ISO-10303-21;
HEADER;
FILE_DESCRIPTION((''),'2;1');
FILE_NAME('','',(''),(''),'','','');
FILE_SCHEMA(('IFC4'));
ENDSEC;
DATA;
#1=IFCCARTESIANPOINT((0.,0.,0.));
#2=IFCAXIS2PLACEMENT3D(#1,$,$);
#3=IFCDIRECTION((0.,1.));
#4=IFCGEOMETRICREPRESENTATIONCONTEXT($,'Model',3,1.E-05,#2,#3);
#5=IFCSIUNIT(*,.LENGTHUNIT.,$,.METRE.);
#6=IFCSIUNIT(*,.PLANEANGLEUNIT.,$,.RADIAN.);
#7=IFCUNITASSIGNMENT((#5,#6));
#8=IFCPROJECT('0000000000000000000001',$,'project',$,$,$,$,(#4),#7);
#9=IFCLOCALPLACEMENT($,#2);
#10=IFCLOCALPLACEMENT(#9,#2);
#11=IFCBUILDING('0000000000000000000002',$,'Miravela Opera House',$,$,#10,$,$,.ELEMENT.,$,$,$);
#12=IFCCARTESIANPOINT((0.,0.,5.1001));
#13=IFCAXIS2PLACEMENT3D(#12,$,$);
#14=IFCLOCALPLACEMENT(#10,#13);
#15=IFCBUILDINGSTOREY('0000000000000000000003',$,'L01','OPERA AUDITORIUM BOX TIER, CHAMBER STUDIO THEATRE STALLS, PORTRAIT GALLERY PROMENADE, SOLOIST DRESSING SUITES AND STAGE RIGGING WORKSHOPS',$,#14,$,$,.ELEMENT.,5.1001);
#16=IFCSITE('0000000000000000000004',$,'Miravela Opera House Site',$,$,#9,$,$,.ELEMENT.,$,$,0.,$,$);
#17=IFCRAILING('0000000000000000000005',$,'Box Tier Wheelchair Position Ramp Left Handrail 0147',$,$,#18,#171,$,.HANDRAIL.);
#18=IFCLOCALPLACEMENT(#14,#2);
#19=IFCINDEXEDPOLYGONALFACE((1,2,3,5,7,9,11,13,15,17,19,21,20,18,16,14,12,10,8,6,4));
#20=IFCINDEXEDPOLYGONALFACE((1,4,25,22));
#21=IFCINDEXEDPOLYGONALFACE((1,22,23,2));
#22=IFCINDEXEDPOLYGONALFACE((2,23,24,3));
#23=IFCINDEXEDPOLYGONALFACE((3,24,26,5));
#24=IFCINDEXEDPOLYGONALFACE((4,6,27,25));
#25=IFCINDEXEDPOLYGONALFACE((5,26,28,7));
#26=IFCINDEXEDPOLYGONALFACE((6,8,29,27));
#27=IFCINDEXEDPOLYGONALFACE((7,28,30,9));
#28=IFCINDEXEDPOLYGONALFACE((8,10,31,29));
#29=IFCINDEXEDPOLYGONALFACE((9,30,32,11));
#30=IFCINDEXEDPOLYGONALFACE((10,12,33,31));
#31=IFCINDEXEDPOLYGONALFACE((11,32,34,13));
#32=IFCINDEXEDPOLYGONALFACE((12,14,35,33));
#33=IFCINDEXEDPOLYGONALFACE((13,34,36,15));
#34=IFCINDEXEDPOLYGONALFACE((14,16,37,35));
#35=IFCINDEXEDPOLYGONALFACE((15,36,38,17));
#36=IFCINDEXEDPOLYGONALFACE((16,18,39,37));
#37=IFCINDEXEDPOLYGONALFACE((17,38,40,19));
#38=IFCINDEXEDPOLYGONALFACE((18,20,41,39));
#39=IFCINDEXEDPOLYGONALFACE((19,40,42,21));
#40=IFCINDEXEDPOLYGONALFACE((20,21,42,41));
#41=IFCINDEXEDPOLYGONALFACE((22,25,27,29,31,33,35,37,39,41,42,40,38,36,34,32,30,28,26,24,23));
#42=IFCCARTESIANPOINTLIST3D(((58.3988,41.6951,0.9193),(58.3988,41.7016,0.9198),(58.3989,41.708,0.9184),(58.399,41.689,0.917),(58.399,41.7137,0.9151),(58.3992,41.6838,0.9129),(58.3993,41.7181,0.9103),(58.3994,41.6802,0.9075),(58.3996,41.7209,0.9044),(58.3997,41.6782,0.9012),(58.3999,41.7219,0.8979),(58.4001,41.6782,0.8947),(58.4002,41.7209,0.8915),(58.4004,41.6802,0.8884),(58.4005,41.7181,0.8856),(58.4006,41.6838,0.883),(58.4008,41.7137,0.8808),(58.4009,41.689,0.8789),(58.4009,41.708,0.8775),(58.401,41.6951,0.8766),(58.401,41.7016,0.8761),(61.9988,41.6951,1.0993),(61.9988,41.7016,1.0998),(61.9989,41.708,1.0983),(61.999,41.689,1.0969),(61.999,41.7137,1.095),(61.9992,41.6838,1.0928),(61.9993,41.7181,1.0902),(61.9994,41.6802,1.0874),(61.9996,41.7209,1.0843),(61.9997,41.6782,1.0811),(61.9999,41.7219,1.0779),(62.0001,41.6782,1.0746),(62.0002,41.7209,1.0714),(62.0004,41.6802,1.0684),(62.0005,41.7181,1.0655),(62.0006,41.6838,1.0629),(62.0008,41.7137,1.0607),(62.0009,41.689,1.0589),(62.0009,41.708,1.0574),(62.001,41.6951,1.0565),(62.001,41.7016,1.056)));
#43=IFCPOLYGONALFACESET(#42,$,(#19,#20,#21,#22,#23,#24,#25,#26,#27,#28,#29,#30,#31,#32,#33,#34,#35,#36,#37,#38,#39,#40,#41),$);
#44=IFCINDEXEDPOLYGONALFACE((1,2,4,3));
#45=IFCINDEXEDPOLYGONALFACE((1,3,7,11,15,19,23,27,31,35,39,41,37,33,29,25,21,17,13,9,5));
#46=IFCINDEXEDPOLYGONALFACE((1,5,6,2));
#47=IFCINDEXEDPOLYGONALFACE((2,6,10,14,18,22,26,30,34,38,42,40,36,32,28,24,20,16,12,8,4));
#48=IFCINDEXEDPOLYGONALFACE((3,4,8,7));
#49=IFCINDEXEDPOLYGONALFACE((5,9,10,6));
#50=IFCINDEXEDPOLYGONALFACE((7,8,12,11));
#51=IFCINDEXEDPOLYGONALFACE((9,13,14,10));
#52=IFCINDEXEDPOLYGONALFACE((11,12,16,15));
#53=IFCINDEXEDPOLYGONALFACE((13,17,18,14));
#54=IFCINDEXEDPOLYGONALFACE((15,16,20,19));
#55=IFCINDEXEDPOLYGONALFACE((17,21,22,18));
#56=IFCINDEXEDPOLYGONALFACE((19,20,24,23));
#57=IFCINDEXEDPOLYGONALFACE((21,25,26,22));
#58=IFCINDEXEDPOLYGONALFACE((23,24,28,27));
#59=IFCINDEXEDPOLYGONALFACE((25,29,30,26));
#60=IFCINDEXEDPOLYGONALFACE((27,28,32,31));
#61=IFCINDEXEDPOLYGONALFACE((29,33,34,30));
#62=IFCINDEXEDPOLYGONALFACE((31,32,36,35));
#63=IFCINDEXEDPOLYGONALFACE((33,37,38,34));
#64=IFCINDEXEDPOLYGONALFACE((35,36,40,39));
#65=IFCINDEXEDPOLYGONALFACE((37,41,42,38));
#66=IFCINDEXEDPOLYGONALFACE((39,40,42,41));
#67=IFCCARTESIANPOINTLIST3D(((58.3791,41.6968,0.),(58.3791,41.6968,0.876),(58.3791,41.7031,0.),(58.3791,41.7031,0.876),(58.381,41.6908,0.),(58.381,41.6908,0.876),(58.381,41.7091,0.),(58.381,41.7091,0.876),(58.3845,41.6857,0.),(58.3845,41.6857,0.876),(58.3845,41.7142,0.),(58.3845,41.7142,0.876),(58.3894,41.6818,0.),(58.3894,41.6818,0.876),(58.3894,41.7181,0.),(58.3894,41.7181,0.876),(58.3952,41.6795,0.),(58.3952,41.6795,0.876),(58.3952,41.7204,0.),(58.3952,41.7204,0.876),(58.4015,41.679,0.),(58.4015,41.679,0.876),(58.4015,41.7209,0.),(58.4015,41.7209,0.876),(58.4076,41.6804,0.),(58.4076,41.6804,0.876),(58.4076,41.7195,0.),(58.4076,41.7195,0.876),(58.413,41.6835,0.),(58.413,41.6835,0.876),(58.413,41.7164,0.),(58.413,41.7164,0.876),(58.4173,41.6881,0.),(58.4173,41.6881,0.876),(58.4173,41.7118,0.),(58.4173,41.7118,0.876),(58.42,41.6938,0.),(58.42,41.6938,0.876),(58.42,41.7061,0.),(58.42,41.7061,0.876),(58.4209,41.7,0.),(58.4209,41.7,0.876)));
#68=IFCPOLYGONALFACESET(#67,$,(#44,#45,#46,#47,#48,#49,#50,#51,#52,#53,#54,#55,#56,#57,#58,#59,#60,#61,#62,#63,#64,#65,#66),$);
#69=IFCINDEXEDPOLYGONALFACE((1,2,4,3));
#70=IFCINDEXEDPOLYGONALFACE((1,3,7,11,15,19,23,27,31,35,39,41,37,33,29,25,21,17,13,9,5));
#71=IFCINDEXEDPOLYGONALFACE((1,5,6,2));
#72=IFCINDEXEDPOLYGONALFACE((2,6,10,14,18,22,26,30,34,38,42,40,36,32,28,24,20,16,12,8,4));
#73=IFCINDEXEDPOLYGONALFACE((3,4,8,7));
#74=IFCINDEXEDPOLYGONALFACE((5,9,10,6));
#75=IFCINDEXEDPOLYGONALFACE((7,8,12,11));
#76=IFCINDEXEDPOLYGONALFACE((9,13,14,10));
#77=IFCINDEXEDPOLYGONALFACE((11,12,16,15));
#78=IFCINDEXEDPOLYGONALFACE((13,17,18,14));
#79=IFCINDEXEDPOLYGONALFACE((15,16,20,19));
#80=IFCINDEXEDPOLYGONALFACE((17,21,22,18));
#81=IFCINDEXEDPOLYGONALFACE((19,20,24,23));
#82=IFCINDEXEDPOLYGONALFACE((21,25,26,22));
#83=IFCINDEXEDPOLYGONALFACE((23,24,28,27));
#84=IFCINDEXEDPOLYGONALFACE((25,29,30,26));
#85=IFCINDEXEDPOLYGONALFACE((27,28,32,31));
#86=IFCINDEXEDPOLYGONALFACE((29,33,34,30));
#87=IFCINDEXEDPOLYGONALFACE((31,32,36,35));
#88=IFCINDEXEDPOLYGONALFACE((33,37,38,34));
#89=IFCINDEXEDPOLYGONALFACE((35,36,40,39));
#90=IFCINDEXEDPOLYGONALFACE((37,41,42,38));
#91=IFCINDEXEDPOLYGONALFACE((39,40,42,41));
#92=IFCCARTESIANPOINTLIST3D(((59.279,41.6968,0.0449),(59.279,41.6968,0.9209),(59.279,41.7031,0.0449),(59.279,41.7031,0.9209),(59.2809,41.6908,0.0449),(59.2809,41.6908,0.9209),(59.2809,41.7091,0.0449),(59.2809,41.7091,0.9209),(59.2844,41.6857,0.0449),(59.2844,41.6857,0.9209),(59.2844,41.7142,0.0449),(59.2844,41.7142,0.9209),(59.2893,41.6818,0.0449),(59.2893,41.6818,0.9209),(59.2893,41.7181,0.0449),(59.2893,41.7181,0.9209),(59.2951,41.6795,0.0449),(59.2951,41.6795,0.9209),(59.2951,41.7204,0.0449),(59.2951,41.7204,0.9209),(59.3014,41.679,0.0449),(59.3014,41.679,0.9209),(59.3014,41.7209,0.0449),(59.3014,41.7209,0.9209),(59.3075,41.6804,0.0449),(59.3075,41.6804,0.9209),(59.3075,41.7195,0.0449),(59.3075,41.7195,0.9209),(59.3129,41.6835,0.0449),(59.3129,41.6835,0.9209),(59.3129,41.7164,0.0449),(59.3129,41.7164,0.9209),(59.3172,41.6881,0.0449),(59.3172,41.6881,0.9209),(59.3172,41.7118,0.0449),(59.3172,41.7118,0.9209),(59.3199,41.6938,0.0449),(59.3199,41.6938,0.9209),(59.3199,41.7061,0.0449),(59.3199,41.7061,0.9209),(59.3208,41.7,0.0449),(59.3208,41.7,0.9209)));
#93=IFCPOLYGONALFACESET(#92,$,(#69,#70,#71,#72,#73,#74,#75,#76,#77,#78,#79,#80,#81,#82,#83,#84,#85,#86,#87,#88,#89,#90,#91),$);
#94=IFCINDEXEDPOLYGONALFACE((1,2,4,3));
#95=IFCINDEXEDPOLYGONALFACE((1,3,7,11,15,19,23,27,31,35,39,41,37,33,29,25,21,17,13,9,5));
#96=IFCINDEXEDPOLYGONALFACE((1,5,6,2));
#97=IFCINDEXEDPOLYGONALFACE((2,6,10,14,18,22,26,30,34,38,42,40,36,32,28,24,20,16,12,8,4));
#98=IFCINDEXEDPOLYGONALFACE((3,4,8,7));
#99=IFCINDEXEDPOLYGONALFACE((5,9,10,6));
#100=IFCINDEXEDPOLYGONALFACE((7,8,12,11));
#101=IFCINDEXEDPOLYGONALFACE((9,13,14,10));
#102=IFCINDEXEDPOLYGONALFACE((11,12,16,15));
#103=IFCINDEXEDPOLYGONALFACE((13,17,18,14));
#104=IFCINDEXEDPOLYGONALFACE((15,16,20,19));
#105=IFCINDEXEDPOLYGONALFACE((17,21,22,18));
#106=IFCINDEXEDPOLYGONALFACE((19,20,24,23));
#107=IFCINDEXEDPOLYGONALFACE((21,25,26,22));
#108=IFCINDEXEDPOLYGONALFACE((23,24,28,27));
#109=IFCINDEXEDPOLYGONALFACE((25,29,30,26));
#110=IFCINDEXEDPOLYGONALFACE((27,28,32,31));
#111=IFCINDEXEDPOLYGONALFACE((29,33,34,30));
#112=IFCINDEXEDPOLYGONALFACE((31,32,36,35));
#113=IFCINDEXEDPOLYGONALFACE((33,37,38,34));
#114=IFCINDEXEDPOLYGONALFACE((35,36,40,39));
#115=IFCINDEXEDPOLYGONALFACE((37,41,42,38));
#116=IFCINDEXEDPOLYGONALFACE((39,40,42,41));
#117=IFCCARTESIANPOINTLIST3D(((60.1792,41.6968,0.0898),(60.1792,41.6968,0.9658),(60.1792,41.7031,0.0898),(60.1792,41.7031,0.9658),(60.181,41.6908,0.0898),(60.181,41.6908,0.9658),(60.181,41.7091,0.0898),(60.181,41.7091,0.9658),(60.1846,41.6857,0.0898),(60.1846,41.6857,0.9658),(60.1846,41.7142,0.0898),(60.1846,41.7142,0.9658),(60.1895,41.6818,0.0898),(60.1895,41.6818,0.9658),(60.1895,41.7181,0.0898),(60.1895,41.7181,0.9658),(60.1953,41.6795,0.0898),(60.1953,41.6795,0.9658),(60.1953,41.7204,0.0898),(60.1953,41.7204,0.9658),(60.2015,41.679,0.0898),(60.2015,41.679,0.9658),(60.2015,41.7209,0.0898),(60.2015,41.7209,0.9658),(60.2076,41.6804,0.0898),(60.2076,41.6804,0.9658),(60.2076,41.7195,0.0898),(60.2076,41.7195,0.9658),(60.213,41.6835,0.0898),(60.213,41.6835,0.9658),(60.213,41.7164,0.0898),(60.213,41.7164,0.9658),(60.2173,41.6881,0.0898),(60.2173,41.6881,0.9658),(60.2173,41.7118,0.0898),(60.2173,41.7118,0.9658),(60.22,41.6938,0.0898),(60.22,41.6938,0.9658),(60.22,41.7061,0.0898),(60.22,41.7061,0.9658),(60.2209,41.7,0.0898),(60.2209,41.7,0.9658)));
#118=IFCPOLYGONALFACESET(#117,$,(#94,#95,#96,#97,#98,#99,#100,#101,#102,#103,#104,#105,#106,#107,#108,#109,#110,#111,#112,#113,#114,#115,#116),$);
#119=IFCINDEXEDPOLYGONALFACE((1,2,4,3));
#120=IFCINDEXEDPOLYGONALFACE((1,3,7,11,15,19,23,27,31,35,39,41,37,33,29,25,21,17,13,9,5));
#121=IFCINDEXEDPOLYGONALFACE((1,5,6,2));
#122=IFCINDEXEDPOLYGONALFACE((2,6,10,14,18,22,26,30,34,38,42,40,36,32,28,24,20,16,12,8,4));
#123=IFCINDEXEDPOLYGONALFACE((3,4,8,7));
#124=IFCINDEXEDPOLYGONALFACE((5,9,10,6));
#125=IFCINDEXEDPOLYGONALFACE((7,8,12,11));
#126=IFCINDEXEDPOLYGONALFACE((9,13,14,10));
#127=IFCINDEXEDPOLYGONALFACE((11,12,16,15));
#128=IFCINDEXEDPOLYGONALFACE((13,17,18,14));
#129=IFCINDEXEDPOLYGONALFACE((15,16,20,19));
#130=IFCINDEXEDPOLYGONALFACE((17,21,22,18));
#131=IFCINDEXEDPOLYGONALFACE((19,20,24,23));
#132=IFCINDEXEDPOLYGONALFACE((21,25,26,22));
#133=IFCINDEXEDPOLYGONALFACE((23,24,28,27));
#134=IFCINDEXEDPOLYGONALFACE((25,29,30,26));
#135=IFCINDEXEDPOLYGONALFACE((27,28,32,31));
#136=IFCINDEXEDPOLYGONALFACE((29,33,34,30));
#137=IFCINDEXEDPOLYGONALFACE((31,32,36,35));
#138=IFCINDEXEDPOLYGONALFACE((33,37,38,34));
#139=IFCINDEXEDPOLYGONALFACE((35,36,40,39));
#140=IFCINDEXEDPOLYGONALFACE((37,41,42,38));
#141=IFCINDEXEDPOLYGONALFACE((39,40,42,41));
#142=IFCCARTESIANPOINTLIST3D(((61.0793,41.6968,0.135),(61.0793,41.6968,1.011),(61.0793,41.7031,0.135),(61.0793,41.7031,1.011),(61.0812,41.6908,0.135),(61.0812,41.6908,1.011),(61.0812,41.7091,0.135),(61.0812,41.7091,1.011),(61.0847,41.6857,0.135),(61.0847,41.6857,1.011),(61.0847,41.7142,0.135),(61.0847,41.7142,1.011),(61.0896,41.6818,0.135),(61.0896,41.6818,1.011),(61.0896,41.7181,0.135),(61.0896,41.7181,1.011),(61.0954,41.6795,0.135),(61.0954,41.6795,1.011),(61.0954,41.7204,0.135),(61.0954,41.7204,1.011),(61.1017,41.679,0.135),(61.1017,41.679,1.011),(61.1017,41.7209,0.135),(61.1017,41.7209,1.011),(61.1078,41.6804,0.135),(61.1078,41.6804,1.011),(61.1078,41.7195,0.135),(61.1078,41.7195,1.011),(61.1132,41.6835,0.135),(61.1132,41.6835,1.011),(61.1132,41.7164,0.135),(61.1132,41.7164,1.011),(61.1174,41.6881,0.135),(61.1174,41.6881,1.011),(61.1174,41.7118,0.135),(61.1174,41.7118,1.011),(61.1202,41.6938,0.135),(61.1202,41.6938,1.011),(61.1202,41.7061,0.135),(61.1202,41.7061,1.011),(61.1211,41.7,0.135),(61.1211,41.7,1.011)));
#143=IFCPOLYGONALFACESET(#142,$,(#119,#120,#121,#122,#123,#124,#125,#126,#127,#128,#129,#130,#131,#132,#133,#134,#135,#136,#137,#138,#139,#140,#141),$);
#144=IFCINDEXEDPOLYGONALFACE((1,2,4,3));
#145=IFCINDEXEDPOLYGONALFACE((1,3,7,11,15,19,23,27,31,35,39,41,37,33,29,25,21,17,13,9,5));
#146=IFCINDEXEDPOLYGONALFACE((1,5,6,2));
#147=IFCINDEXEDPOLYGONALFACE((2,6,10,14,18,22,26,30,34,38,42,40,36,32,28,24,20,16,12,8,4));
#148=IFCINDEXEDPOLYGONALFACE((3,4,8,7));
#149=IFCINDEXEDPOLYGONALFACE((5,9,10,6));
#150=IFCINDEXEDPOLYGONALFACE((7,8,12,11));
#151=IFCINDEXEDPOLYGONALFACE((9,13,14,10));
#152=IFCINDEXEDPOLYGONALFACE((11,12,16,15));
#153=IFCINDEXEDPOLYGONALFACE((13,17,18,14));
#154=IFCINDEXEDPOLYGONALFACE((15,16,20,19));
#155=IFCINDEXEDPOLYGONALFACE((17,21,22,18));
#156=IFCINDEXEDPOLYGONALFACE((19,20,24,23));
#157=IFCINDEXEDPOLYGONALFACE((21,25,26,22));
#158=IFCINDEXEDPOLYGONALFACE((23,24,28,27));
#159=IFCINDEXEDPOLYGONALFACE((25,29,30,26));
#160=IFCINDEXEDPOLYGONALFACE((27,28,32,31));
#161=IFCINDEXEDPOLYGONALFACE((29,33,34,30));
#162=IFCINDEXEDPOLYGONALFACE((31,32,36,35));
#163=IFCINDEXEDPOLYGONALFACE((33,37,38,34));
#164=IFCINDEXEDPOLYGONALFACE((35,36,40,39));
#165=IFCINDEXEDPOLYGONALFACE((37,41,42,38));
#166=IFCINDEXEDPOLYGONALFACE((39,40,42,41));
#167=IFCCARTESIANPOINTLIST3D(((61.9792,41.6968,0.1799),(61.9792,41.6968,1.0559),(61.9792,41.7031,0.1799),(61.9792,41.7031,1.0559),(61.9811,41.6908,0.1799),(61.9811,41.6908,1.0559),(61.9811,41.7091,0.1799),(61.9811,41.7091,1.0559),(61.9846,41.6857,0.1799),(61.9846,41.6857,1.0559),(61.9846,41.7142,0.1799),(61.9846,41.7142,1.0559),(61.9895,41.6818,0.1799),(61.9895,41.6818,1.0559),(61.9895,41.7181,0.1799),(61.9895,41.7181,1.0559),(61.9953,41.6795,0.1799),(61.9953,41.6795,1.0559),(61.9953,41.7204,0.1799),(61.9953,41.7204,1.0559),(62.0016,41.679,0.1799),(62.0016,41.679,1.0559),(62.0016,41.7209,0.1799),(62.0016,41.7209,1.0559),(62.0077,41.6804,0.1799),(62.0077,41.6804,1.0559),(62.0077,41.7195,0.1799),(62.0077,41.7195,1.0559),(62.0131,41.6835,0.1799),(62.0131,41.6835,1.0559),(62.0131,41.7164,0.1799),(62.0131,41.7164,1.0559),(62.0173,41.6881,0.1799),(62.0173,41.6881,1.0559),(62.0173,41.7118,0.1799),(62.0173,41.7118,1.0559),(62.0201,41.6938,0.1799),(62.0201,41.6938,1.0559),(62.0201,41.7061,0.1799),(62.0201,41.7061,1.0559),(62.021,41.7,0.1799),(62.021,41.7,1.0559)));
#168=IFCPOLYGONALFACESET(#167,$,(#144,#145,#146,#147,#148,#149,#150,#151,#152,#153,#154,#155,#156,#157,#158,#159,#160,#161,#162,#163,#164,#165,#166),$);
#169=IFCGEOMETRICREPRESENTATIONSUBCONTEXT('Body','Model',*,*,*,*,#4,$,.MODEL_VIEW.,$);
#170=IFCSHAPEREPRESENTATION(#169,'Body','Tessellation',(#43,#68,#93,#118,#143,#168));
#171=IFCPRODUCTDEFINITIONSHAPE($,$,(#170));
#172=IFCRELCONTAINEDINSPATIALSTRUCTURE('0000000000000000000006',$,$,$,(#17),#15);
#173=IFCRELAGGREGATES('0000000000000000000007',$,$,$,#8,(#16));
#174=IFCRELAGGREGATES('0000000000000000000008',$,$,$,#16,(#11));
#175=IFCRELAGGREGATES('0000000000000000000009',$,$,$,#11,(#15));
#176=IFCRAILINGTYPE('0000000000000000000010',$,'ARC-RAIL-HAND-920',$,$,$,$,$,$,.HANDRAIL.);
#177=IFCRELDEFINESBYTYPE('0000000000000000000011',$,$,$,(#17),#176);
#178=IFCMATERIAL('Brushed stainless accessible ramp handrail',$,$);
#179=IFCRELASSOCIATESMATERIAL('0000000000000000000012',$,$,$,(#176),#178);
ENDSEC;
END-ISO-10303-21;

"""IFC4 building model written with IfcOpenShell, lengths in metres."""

from ifc_helpers import new_model, si_unit, direction, frame, origin, origin_2d, place, context, subcontext, project, spatial, circle, extrude, material, type_object, element, save


model = new_model("IFC4")

# Units and contexts
model_context = context("Model", 3, precision=1e-05, world=origin(), true_north=direction((0.0, 1.0)))
body_context = subcontext(model_context, "Body", "Model", "MODEL_VIEW")
ifc_project = project(units=[si_unit("LENGTHUNIT", "METRE"), si_unit("PLANEANGLEUNIT", "RADIAN")], contexts=[model_context])

# Site, building, storey
site_placement = place(None, origin())
site = spatial("IfcSite", under=ifc_project, at=site_placement, Name="Miravela Opera House Site", CompositionType="ELEMENT", RefElevation=0.0)
building_placement = place(site_placement, origin())
building = spatial("IfcBuilding", under=site, at=building_placement, Name="Miravela Opera House", CompositionType="ELEMENT")
storey_placement = place(building_placement, frame((0.0, 0.0, 5.1001)))
storey = spatial("IfcBuildingStorey", under=building, at=storey_placement, Name="L01", Description="OPERA AUDITORIUM BOX TIER, CHAMBER STUDIO THEATRE STALLS, PORTRAIT GALLERY PROMENADE, SOLOIST DRESSING SUITES AND STAGE RIGGING WORKSHOPS", CompositionType="ELEMENT", Elevation=5.1001)

# Railing
ifc_material_1 = material(Name="Brushed stainless accessible ramp handrail")
railing_type_1 = type_object("IfcRailingType", Name="ARC-RAIL-HAND-920", PredefinedType="HANDRAIL", material=ifc_material_1)
for number, where, name in (
    (1, (58.3999, 41.7, 0.0), "Box Tier Wheelchair Position Ramp Left Handrail 0147"),
):
    element("IfcRailing", number, at=place(storey_placement, frame(where)), inside=storey, type_object=railing_type_1, Name=name, PredefinedType="HANDRAIL", context=body_context, shape_type="SweptSolid", body=[
        extrude(circle(Radius=0.022, at=origin_2d()), frame((0.0, 0.0, 0.8979), z_axis=(0.998753, 0.0, 0.049917), x_axis=(0.0, 1.0, 0.0)), (0.0, 0.0, 1.0), 3.6045),
        extrude(circle(Radius=0.021, at=origin_2d()), origin(), (0.0, 0.0, 1.0), 0.876),
        extrude(circle(Radius=0.021, at=origin_2d()), frame((0.8999, 0.0, 0.0449)), (0.0, 0.0, 1.0), 0.876),
        extrude(circle(Radius=0.021, at=origin_2d()), frame((1.8, 0.0, 0.0898)), (0.0, 0.0, 1.0), 0.876),
        extrude(circle(Radius=0.021, at=origin_2d()), frame((2.7002, 0.0, 0.135)), (0.0, 0.0, 1.0), 0.876),
        extrude(circle(Radius=0.021, at=origin_2d()), frame((3.6001, 0.0, 0.1799)), (0.0, 0.0, 1.0), 0.876),
    ])

save(model, "model.ifc")
